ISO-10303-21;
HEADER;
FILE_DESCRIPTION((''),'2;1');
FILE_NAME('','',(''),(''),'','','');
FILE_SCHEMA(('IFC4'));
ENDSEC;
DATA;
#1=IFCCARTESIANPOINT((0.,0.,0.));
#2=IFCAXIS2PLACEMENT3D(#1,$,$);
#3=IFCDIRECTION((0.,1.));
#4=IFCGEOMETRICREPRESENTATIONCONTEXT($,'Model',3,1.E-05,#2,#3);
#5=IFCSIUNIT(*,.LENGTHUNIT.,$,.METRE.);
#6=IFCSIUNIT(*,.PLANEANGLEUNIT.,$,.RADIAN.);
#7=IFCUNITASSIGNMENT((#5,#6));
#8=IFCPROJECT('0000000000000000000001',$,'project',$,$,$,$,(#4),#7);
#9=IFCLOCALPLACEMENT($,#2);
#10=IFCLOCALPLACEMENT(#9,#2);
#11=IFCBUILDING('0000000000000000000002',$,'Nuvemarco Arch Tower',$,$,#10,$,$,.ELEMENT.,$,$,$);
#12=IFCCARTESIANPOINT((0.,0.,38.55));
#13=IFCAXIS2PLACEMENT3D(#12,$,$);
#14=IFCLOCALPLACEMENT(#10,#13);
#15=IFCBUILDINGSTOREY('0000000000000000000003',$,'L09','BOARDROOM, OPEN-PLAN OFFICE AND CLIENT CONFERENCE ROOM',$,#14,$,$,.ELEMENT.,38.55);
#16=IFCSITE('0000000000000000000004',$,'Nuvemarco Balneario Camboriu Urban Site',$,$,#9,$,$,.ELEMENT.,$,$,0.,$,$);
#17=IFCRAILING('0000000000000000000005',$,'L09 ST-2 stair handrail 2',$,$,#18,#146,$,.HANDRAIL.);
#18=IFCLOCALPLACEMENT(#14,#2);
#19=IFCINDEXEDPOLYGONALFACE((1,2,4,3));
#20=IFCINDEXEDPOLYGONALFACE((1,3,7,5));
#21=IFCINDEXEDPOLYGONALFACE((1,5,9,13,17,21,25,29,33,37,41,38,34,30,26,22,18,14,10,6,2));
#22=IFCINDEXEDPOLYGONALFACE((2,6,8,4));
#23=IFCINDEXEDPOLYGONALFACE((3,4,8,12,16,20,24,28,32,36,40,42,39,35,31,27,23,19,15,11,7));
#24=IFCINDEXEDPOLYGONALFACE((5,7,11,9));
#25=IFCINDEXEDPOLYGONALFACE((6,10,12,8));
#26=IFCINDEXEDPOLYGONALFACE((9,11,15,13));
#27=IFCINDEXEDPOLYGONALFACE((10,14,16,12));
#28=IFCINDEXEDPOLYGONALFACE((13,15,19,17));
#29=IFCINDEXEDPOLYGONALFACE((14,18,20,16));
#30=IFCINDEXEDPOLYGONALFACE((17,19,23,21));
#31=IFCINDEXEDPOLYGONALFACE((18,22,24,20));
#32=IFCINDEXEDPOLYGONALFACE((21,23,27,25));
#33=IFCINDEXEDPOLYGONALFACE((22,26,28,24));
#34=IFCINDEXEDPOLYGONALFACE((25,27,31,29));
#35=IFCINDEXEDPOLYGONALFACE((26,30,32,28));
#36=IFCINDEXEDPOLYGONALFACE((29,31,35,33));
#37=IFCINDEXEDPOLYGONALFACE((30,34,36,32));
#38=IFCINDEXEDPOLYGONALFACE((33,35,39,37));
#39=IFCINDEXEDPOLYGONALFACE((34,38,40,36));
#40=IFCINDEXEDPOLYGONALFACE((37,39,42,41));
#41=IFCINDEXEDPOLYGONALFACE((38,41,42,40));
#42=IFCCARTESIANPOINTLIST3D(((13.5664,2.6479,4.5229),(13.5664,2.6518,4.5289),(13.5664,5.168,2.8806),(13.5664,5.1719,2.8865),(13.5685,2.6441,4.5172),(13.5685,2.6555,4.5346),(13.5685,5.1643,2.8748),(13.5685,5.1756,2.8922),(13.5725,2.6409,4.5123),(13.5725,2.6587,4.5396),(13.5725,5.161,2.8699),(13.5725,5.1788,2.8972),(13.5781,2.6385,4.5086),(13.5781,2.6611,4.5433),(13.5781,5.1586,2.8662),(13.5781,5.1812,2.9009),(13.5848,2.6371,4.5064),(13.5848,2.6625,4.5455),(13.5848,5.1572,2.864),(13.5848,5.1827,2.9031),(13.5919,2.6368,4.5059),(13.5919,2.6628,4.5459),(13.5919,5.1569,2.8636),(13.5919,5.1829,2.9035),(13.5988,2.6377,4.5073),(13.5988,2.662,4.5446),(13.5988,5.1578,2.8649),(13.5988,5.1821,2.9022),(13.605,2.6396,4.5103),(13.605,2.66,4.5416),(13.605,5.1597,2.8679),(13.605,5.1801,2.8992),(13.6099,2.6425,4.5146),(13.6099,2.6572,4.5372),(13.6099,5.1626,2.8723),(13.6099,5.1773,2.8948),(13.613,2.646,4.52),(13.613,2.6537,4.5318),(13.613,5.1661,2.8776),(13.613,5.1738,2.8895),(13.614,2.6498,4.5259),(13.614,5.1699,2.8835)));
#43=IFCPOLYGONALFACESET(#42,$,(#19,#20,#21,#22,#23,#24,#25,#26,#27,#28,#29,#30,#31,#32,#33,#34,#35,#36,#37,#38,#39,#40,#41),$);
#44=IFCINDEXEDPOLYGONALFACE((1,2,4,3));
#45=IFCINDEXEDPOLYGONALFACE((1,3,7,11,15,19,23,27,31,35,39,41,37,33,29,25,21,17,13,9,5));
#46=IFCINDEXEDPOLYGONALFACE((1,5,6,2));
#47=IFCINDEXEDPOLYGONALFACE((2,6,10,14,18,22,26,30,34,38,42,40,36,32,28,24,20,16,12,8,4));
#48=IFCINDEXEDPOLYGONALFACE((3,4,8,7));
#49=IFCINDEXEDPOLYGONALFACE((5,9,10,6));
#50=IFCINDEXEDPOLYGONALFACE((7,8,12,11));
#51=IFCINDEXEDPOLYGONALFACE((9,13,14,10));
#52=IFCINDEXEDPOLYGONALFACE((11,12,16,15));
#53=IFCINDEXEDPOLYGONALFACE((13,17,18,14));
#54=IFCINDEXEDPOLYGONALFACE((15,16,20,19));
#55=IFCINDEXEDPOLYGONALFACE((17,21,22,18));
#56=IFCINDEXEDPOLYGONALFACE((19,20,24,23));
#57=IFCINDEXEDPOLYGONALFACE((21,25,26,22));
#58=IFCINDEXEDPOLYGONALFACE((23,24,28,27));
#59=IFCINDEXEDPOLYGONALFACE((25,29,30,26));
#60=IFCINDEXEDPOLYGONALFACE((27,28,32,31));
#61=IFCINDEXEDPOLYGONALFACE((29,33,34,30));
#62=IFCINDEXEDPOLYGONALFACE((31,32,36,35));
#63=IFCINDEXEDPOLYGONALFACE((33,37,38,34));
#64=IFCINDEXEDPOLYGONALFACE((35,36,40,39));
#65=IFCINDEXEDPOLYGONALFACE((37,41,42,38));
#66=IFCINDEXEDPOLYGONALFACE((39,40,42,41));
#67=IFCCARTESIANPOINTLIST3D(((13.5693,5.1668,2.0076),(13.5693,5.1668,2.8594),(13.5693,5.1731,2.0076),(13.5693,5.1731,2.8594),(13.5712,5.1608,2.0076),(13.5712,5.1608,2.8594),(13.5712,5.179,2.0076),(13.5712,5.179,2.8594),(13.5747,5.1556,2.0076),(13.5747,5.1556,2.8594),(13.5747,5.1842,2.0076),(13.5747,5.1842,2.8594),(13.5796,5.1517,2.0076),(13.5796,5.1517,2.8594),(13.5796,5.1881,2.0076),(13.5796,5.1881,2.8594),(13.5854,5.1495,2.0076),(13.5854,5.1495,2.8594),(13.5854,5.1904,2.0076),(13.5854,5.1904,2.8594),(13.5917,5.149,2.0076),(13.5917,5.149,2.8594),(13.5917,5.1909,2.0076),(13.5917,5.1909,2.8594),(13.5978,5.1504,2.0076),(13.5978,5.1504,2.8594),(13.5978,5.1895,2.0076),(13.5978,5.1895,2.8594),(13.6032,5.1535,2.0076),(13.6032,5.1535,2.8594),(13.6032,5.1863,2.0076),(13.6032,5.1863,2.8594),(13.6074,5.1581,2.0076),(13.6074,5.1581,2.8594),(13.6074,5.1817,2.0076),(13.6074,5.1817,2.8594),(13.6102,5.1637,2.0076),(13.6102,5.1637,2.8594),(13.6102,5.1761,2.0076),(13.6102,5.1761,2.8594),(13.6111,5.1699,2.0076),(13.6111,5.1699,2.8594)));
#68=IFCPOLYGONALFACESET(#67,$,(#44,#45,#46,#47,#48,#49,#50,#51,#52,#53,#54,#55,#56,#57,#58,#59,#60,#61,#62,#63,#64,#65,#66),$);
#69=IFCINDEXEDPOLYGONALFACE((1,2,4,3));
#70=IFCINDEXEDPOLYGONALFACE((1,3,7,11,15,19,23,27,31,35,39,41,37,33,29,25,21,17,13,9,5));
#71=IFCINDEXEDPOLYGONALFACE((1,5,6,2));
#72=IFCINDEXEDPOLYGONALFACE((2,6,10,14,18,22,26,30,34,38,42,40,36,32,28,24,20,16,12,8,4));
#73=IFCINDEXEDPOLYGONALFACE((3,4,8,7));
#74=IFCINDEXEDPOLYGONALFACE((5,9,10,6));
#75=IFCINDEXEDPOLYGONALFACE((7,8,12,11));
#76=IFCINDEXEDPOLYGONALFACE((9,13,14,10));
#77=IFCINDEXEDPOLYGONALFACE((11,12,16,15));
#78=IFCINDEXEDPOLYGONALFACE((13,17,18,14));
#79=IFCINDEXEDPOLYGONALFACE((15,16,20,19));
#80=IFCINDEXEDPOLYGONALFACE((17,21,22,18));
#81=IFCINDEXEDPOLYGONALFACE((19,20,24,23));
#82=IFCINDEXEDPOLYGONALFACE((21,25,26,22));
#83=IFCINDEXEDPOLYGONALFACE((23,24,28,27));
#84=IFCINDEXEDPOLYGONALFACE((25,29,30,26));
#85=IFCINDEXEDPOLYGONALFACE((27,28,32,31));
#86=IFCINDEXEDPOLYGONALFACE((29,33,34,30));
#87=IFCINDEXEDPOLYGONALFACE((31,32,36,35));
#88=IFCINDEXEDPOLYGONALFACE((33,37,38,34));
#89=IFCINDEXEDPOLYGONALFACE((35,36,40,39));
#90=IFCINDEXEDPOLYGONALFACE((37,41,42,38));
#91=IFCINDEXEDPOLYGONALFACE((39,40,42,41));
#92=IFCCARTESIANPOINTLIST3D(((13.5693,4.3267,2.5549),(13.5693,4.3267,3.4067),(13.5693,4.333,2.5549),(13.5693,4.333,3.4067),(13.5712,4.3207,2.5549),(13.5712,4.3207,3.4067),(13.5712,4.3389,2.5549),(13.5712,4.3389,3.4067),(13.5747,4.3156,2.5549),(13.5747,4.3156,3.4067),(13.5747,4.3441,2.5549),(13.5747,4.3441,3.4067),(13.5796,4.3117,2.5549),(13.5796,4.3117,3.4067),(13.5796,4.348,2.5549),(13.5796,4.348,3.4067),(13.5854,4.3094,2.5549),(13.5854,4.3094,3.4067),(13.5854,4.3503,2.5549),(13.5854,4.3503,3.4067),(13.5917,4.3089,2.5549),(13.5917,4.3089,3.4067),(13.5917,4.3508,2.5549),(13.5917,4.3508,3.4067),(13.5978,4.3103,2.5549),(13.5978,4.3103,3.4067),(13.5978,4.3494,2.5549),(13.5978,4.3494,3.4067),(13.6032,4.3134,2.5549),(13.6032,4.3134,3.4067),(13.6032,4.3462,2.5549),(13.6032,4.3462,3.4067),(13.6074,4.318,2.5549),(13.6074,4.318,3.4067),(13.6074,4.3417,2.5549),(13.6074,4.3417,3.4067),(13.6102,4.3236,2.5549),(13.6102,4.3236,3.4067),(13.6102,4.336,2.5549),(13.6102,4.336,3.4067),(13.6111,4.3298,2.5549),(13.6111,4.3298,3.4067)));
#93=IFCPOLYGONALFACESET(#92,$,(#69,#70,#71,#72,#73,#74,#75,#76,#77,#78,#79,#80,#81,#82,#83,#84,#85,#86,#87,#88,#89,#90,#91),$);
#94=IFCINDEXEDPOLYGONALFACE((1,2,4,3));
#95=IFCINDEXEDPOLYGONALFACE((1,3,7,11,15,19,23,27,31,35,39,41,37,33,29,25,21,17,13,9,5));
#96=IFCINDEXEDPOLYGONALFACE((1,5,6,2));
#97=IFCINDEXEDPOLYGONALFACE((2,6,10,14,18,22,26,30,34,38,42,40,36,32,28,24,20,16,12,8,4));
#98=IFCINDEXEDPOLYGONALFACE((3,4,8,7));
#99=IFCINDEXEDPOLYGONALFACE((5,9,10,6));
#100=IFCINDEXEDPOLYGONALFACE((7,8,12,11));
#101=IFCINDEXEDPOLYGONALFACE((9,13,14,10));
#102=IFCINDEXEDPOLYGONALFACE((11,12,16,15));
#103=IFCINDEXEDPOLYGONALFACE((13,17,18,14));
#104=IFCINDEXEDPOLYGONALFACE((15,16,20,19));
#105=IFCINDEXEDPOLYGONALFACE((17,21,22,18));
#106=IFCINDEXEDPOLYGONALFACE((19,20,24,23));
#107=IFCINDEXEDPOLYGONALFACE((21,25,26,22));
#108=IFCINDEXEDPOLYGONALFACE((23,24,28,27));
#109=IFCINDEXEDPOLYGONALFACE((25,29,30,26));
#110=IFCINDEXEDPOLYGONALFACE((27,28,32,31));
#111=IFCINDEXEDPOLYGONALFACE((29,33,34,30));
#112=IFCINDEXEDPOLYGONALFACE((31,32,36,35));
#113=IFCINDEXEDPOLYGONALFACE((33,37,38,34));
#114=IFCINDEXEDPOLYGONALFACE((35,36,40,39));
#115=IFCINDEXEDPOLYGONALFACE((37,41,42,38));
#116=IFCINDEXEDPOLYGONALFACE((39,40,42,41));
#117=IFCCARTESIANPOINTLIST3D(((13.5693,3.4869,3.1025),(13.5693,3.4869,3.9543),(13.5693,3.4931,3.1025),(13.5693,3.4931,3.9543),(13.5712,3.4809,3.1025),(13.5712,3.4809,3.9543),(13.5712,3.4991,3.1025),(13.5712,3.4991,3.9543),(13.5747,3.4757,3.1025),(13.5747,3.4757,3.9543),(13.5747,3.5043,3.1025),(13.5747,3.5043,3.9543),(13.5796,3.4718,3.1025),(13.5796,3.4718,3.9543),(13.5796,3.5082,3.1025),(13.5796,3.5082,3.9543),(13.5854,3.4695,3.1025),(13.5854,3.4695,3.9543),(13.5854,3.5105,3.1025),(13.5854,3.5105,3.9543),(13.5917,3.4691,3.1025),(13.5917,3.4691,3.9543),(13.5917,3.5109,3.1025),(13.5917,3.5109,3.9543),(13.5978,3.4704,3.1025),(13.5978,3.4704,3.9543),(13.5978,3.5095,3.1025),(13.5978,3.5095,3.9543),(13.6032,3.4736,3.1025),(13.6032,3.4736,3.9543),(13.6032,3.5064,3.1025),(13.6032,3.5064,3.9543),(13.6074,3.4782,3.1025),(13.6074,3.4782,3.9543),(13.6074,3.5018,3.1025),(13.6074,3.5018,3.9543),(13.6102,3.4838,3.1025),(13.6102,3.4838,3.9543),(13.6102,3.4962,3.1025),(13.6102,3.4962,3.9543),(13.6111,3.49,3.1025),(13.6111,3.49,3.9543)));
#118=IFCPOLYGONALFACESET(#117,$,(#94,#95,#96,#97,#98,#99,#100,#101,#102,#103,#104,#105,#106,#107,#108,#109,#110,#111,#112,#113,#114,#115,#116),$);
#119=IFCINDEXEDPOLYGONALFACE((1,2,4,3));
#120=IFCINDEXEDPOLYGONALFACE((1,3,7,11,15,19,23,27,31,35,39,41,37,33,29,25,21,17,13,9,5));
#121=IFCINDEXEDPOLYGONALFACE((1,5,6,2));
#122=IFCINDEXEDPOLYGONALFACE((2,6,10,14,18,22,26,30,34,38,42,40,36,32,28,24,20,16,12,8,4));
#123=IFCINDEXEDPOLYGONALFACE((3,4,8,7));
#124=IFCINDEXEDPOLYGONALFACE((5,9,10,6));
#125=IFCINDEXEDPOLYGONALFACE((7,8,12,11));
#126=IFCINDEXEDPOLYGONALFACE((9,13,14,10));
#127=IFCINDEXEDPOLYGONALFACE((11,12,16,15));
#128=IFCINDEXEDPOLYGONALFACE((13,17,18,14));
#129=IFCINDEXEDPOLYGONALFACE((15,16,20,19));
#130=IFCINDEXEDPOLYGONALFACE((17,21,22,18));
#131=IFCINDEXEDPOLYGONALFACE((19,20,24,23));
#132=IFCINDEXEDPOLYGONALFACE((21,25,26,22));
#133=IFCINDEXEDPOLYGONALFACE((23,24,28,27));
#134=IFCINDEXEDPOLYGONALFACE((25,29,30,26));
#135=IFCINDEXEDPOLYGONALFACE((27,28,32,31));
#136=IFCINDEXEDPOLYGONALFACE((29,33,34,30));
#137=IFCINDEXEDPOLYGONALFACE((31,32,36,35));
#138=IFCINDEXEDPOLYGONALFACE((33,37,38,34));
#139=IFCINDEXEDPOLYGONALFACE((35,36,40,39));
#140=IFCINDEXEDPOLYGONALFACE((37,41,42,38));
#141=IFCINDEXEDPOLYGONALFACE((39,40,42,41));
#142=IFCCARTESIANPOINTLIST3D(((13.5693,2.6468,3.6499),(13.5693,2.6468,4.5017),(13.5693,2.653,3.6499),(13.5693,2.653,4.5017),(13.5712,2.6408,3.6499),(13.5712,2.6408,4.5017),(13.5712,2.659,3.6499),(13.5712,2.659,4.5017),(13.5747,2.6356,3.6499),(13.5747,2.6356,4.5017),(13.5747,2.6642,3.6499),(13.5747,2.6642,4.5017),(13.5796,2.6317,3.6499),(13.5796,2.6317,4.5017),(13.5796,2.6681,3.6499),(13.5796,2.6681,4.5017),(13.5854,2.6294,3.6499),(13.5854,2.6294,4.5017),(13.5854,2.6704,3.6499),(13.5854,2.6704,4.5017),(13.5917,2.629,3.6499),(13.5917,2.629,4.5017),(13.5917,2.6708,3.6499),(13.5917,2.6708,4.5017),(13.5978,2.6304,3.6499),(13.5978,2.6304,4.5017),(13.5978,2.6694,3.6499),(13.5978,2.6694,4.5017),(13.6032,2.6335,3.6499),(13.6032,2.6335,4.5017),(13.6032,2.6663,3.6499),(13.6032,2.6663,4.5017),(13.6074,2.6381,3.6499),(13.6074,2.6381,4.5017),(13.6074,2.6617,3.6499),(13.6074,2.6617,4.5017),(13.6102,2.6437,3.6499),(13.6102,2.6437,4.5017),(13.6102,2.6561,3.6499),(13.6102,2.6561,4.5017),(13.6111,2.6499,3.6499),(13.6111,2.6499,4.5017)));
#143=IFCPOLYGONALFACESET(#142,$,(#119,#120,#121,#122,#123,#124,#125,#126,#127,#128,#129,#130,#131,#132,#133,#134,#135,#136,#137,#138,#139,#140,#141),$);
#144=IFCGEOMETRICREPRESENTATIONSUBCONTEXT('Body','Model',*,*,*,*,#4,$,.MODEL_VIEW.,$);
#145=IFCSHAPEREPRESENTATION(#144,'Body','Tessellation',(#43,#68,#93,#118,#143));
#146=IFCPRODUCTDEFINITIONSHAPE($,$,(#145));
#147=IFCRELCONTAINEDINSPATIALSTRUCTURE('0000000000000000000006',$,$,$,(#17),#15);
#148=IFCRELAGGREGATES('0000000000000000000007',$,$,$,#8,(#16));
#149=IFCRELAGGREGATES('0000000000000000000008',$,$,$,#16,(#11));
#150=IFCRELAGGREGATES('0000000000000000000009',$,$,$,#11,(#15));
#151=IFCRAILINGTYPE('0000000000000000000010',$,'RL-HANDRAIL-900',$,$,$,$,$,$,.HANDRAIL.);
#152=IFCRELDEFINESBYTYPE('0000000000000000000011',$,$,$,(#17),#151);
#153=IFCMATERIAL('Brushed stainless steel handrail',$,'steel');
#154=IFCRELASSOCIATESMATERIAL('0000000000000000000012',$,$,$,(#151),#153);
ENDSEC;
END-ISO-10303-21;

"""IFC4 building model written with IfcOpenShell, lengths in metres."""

from ifc_helpers import new_model, si_unit, direction, frame, origin, origin_2d, place, context, subcontext, project, spatial, circle, extrude, material, type_object, element, save


model = new_model("IFC4")

# Units and contexts
model_context = context("Model", 3, precision=1e-05, world=origin(), true_north=direction((0.0, 1.0)))
body_context = subcontext(model_context, "Body", "Model", "MODEL_VIEW")
ifc_project = project(units=[si_unit("LENGTHUNIT", "METRE"), si_unit("PLANEANGLEUNIT", "RADIAN")], contexts=[model_context])

# Site, building, storey
site_placement = place(None, origin())
site = spatial("IfcSite", under=ifc_project, at=site_placement, Name="Nuvemarco Balneario Camboriu Urban Site", CompositionType="ELEMENT", RefElevation=0.0)
building_placement = place(site_placement, origin())
building = spatial("IfcBuilding", under=site, at=building_placement, Name="Nuvemarco Arch Tower", CompositionType="ELEMENT")
storey_placement = place(building_placement, frame((0.0, 0.0, 38.55)))
storey = spatial("IfcBuildingStorey", under=building, at=storey_placement, Name="L09", Description="BOARDROOM, OPEN-PLAN OFFICE AND CLIENT CONFERENCE ROOM", CompositionType="ELEMENT", Elevation=38.55)

# Railing
ifc_material_1 = material(Name="Brushed stainless steel handrail", Category="steel")
railing_type_1 = type_object("IfcRailingType", Name="RL-HANDRAIL-900", PredefinedType="HANDRAIL", material=ifc_material_1)
railing_1_placement = place(storey_placement, frame((13.5901, 5.1699, 2.0076)))
element("IfcRailing", 1, at=railing_1_placement, inside=storey, type_object=railing_type_1, Name="L09 ST-2 stair handrail 2", PredefinedType="HANDRAIL", context=body_context, shape_type="SweptSolid", body=[
    extrude(circle(Radius=0.0239, at=origin_2d()), frame((0.0, 0.0, 0.876), z_axis=(0.0, -0.837787, 0.545998), x_axis=(1.0, 0.0, 0.0)), (0.0, 0.0, 1.0), 3.0081),
    extrude(circle(Radius=0.021, at=origin_2d()), origin(), (0.0, 0.0, 1.0), 0.8518),
    extrude(circle(Radius=0.021, at=origin_2d()), frame((0.0, -0.8401, 0.5474)), (0.0, 0.0, 1.0), 0.8518),
    extrude(circle(Radius=0.021, at=origin_2d()), frame((0.0, -1.6799, 1.095)), (0.0, 0.0, 1.0), 0.8518),
    extrude(circle(Radius=0.021, at=origin_2d()), frame((0.0, -2.52, 1.6423)), (0.0, 0.0, 1.0), 0.8518),
])

save(model, "model.ifc")
